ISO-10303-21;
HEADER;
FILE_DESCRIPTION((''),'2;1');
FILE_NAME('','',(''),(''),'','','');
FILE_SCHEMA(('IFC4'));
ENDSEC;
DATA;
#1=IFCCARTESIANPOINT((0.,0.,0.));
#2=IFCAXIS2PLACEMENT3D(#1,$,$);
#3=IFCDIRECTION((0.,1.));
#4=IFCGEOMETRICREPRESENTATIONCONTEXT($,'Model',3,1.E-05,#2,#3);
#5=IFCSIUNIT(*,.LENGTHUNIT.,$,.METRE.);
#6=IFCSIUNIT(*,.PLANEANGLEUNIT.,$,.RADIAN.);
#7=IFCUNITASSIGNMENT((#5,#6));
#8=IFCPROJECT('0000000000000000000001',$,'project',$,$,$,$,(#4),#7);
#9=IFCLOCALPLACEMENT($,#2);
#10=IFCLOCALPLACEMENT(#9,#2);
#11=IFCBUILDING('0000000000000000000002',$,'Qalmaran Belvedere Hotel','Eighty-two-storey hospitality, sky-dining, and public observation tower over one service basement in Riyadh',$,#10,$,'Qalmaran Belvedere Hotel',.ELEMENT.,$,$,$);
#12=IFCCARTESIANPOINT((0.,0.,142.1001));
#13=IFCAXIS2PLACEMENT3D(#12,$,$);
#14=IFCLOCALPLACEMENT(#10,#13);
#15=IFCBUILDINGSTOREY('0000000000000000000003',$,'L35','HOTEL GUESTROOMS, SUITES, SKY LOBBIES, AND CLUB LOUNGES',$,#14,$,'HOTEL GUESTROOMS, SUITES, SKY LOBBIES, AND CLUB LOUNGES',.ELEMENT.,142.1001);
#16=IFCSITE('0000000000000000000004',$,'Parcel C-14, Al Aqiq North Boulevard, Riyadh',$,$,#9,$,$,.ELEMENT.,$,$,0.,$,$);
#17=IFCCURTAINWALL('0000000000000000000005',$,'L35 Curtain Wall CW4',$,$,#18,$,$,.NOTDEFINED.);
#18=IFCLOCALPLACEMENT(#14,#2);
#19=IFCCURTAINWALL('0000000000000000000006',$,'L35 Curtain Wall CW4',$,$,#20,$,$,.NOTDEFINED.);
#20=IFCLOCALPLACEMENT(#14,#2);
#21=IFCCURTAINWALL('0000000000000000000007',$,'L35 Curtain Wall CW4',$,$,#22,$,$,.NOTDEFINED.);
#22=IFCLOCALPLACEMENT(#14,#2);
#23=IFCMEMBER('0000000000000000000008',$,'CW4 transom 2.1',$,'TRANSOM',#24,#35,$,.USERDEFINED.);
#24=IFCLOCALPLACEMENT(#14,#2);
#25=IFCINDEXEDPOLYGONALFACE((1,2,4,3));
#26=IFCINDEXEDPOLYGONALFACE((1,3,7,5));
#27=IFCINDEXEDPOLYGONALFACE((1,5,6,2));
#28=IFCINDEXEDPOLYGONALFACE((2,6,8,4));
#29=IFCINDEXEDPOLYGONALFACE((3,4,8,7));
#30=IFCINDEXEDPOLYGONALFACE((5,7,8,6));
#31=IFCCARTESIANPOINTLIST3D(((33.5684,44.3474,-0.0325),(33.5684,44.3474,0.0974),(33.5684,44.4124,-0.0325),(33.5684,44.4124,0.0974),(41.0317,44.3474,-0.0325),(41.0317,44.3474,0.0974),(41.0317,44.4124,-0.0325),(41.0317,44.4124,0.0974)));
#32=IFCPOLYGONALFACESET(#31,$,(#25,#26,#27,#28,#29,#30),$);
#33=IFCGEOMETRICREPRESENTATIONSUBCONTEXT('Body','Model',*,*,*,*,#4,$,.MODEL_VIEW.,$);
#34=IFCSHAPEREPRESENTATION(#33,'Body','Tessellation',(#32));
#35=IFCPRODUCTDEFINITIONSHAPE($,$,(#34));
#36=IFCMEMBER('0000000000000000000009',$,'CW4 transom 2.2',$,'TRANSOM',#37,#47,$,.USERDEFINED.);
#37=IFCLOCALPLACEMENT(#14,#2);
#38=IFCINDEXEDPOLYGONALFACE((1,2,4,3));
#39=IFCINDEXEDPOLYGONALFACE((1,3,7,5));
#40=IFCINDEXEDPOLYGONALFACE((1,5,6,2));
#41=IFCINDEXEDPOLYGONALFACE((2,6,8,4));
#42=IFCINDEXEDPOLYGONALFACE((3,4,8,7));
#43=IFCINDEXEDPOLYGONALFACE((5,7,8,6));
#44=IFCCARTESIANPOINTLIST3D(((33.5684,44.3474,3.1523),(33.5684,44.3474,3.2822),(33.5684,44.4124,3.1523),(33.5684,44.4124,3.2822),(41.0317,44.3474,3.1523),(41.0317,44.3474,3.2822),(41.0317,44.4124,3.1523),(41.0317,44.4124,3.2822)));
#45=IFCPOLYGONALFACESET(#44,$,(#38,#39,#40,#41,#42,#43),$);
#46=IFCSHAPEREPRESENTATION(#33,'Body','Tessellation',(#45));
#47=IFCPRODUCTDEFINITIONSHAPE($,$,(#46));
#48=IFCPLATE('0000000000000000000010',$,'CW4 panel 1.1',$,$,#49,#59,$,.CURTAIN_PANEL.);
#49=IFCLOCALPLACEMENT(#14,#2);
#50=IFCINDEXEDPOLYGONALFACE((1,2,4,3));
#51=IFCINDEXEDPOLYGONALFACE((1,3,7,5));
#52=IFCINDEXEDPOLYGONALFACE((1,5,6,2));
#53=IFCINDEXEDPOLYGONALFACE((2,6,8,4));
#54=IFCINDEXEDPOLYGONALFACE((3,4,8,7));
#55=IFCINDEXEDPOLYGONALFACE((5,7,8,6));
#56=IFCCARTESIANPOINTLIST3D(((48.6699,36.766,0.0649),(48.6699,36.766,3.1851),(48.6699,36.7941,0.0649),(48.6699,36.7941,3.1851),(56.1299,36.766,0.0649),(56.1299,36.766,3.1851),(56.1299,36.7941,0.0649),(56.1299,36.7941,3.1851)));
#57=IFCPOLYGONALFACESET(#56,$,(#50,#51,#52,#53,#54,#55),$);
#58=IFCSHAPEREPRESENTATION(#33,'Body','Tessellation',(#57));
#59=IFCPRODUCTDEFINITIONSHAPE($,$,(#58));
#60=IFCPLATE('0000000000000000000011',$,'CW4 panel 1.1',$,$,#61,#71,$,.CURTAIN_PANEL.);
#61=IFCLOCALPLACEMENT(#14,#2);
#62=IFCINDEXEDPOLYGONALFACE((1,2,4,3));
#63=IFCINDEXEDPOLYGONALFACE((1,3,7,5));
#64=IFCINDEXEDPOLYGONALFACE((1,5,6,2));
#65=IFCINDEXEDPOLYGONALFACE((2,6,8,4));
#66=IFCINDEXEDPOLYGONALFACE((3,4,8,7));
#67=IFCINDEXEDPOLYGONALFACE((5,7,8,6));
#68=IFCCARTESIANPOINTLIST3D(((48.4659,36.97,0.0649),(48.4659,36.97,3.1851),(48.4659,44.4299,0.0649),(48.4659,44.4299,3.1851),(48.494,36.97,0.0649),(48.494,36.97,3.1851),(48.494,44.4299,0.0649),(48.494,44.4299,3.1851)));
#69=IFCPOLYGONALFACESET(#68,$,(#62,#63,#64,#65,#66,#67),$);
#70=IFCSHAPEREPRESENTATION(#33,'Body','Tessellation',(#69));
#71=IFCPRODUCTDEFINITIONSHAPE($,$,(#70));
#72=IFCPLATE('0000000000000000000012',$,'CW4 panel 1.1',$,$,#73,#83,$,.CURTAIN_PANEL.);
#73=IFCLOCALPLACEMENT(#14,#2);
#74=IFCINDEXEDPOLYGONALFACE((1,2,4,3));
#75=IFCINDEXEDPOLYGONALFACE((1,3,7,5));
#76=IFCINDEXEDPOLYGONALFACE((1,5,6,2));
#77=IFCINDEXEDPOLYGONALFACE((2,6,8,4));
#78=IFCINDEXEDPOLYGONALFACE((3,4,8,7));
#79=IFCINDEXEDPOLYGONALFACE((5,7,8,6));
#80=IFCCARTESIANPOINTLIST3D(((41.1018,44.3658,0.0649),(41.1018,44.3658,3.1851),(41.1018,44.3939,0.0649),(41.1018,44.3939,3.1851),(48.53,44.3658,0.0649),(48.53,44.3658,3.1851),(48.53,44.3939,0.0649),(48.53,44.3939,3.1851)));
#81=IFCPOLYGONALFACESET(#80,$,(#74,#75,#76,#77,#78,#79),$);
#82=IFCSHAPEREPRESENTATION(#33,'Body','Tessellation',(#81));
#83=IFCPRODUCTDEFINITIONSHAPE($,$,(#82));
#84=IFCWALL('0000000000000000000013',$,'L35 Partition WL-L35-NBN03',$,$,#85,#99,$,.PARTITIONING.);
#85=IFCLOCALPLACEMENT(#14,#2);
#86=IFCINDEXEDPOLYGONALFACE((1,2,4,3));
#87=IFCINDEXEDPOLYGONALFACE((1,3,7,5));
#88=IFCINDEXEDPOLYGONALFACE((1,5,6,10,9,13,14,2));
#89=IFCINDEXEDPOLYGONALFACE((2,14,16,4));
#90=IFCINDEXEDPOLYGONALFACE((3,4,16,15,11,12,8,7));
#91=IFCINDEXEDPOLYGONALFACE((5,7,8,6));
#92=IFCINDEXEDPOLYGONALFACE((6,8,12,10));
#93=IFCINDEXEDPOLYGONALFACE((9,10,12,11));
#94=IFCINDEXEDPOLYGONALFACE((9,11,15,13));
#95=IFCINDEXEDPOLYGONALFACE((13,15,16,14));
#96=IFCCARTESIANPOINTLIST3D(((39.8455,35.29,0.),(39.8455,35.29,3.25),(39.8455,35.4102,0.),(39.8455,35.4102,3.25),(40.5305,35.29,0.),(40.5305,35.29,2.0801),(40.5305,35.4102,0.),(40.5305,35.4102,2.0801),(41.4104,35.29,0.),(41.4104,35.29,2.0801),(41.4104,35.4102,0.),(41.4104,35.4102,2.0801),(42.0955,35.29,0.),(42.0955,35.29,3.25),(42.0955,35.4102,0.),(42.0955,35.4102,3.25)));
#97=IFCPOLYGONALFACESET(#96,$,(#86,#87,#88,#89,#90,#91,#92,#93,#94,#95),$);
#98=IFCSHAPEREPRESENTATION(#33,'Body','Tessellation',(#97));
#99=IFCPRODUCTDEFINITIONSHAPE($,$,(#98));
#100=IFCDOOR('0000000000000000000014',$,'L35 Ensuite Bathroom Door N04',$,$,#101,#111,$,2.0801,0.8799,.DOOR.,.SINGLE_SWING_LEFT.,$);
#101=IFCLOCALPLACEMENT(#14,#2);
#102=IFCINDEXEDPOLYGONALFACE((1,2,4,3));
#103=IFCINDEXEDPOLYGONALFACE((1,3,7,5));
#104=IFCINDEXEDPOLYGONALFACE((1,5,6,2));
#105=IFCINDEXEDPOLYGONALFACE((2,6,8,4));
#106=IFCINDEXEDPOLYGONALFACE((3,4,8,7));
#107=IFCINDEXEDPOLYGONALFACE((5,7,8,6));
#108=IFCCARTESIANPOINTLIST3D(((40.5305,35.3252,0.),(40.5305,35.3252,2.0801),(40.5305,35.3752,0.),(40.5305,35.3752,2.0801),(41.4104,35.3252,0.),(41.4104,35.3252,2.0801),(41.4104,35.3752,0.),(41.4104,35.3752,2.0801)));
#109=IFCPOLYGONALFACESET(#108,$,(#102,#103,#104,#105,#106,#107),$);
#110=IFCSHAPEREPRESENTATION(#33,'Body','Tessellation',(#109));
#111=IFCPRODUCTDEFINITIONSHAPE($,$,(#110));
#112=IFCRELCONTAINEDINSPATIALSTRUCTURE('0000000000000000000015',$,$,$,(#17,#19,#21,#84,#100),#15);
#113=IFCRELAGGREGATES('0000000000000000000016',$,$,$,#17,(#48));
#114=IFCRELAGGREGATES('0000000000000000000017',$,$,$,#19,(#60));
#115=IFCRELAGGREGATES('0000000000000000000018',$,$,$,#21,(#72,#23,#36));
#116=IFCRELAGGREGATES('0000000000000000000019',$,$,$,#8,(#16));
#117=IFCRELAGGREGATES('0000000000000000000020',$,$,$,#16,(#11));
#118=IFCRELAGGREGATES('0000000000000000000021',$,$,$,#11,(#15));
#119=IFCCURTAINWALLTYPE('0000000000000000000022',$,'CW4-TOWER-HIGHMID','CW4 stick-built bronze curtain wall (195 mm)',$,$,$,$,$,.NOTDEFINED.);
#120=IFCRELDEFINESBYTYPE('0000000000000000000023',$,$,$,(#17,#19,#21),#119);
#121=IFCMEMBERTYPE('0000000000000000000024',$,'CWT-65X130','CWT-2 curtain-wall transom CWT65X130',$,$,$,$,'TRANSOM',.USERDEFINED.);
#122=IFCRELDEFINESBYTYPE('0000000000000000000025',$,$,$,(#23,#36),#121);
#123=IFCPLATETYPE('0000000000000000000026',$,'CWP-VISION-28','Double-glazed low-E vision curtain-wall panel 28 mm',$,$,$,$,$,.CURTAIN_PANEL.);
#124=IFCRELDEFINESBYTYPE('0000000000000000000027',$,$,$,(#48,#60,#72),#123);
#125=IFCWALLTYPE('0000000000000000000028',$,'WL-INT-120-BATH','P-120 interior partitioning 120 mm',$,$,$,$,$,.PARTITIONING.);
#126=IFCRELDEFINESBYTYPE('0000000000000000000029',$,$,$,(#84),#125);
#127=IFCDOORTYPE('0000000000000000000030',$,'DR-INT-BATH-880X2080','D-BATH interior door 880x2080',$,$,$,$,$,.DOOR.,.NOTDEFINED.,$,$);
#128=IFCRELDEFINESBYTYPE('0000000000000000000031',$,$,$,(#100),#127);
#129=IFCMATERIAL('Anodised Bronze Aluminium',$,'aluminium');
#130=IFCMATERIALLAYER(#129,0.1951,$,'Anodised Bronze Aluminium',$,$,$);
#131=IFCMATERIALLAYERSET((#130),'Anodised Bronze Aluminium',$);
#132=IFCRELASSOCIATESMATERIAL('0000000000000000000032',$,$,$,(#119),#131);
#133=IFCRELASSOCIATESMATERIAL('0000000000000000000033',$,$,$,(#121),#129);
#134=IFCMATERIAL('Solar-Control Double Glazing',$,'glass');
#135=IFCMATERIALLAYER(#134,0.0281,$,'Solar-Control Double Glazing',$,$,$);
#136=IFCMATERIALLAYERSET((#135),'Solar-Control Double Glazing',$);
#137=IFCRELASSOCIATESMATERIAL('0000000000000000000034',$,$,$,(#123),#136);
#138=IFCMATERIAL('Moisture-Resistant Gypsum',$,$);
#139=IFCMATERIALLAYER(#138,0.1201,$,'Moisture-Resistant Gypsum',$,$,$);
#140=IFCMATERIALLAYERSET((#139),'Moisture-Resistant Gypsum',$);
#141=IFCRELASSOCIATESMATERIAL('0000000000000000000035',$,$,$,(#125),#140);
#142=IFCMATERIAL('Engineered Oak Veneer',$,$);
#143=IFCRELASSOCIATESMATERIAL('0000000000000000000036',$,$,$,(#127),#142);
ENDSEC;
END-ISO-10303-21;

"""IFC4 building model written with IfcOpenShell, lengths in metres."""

from ifc_helpers import new_model, si_unit, direction, frame, frame_2d, origin, origin_2d, place, context, subcontext, project, spatial, rectangle, extrude, material, layer, layer_set, material_profile, profile_set, type_object, element, fill, aggregate, save


model = new_model("IFC4")

# Units and contexts
model_context = context("Model", 3, precision=1e-05, world=origin(), true_north=direction((0.0, 1.0)))
body_context = subcontext(model_context, "Body", "Model", "MODEL_VIEW")
ifc_project = project(units=[si_unit("LENGTHUNIT", "METRE"), si_unit("PLANEANGLEUNIT", "RADIAN")], contexts=[model_context])

# Site, building, storey
site_placement = place(None, origin())
site = spatial("IfcSite", under=ifc_project, at=site_placement, Name="Parcel C-14, Al Aqiq North Boulevard, Riyadh", CompositionType="ELEMENT", RefElevation=0.0)
building_placement = place(site_placement, origin())
building = spatial("IfcBuilding", under=site, at=building_placement, Name="Qalmaran Belvedere Hotel", Description="Eighty-two-storey hospitality, sky-dining, and public observation tower over one service basement in Riyadh", LongName="Qalmaran Belvedere Hotel", CompositionType="ELEMENT")
storey_placement = place(building_placement, frame((0.0, 0.0, 142.1001)))
storey = spatial("IfcBuildingStorey", under=building, at=storey_placement, Name="L35", Description="HOTEL GUESTROOMS, SUITES, SKY LOBBIES, AND CLUB LOUNGES", LongName="HOTEL GUESTROOMS, SUITES, SKY LOBBIES, AND CLUB LOUNGES", CompositionType="ELEMENT", Elevation=142.1001)

# Shared definitions
ifc_material_1 = material(Name="Anodised Bronze Aluminium", Category="aluminium")
ifc_layer_1 = layer(ifc_material_1, 0.1951, Name="Anodised Bronze Aluminium")
ifc_layer_set_1 = layer_set([ifc_layer_1], Name="Anodised Bronze Aluminium")
curtain_wall_type = type_object("IfcCurtainWallType", Name="CW4-TOWER-HIGHMID", Description="CW4 stick-built bronze curtain wall (195 mm)", PredefinedType="NOTDEFINED", material=ifc_layer_set_1)

# Curtain walls
curtain_wall_1_placement = place(storey_placement, origin())
curtain_wall_1 = element("IfcCurtainWall", 1, at=curtain_wall_1_placement, inside=storey, type_object=curtain_wall_type, Name="L35 Curtain Wall CW4", PredefinedType="NOTDEFINED")
curtain_wall_2_placement = place(storey_placement, origin())
curtain_wall_2 = element("IfcCurtainWall", 2, at=curtain_wall_2_placement, inside=storey, type_object=curtain_wall_type, Name="L35 Curtain Wall CW4", PredefinedType="NOTDEFINED")
curtain_wall_3_placement = place(storey_placement, origin())
curtain_wall_3 = element("IfcCurtainWall", 3, at=curtain_wall_3_placement, inside=storey, type_object=curtain_wall_type, Name="L35 Curtain Wall CW4", PredefinedType="NOTDEFINED")

# Members
ifc_material_profile_1 = material_profile(ifc_material_1, rectangle(XDim=0.0649, YDim=0.1299, at=origin_2d()), Name="CWT65X130")
ifc_profile_set_1 = profile_set([ifc_material_profile_1], Name="Anodised Bronze Aluminium")
member_type_1 = type_object("IfcMemberType", Name="CWT-65X130", Description="CWT-2 curtain-wall transom CWT65X130", ElementType="TRANSOM", PredefinedType="USERDEFINED", material=ifc_profile_set_1)
member_1_placement = place(storey_placement, frame((41.0317, 44.3799, 0.0325), z_axis=(-1.0, 0.0, 0.0), x_axis=(0.0, -1.0, 0.0)))
member_1 = element("IfcMember", 4, at=member_1_placement, type_object=member_type_1, Name="CW4 transom 2.1", ObjectType="TRANSOM", PredefinedType="USERDEFINED", context=body_context, shape_type="SweptSolid", body=[
    extrude(rectangle(XDim=0.0649, YDim=0.1299, at=origin_2d()), origin(), (0.0, 0.0, 1.0), 7.4634),
])
member_2_placement = place(storey_placement, frame((41.0317, 44.3799, 3.2173), z_axis=(-1.0, 0.0, 0.0), x_axis=(0.0, -1.0, 0.0)))
member_2 = element("IfcMember", 5, at=member_2_placement, type_object=member_type_1, Name="CW4 transom 2.2", ObjectType="TRANSOM", PredefinedType="USERDEFINED", context=body_context, shape_type="SweptSolid", body=[
    extrude(rectangle(XDim=0.0649, YDim=0.1299, at=origin_2d()), origin(), (0.0, 0.0, 1.0), 7.4634),
])

# Plates
ifc_material_2 = material(Name="Solar-Control Double Glazing", Category="glass")
ifc_layer_2 = layer(ifc_material_2, 0.0281, Name="Solar-Control Double Glazing")
ifc_layer_set_2 = layer_set([ifc_layer_2], Name="Solar-Control Double Glazing")
plate_type = type_object("IfcPlateType", Name="CWP-VISION-28", Description="Double-glazed low-E vision curtain-wall panel 28 mm", PredefinedType="CURTAIN_PANEL", material=ifc_layer_set_2)
plate_1_placement = place(storey_placement, frame((52.3999, 36.78, 0.0649), z_axis=(0.0, 0.0, 1.0), x_axis=(-1.0, 0.0, 0.0)))
plate_1 = element("IfcPlate", 6, at=plate_1_placement, type_object=plate_type, Name="CW4 panel 1.1", PredefinedType="CURTAIN_PANEL", context=body_context, shape_type="SweptSolid", body=[
    extrude(rectangle(XDim=7.46, YDim=0.0281, at=origin_2d()), origin(), (0.0, 0.0, 1.0), 3.1201),
])
aggregate(curtain_wall_1, [plate_1])
plate_2_placement = place(storey_placement, frame((48.48, 40.7, 0.0649), z_axis=(0.0, 0.0, 1.0), x_axis=(0.0, 1.0, 0.0)))
plate_2 = element("IfcPlate", 7, at=plate_2_placement, type_object=plate_type, Name="CW4 panel 1.1", PredefinedType="CURTAIN_PANEL", context=body_context, shape_type="SweptSolid", body=[
    extrude(rectangle(XDim=7.46, YDim=0.0281, at=origin_2d()), origin(), (0.0, 0.0, 1.0), 3.1201),
])
aggregate(curtain_wall_2, [plate_2])
plate_3_placement = place(storey_placement, frame((44.8159, 44.3799, 0.0649), z_axis=(0.0, 0.0, 1.0), x_axis=(-1.0, 0.0, 0.0)))
plate_3 = element("IfcPlate", 8, at=plate_3_placement, type_object=plate_type, Name="CW4 panel 1.1", PredefinedType="CURTAIN_PANEL", context=body_context, shape_type="SweptSolid", body=[
    extrude(rectangle(XDim=7.4282, YDim=0.0281, at=origin_2d()), origin(), (0.0, 0.0, 1.0), 3.1201),
])
aggregate(curtain_wall_3, [plate_3, member_1, member_2])

# Wall, opening, door
ifc_material_3 = material(Name="Moisture-Resistant Gypsum")
ifc_layer_3 = layer(ifc_material_3, 0.1201, Name="Moisture-Resistant Gypsum")
ifc_layer_set_3 = layer_set([ifc_layer_3], Name="Moisture-Resistant Gypsum")
wall_type = type_object("IfcWallType", Name="WL-INT-120-BATH", Description="P-120 interior partitioning 120 mm", PredefinedType="PARTITIONING", material=ifc_layer_set_3)
wall_placement = place(storey_placement, frame((39.8455, 35.3501, 0.0), z_axis=(0.0, 0.0, 1.0), x_axis=(1.0, 0.0, 0.0)))
wall = element("IfcWall", 9, at=wall_placement, inside=storey, type_object=wall_type, Name="L35 Partition WL-L35-NBN03", PredefinedType="PARTITIONING", context=body_context, shape_type="SweptSolid", body=[
    extrude(rectangle(XDim=2.25, YDim=0.1201, at=frame_2d((1.125, 0.0))), origin(), (0.0, 0.0, 1.0), 3.25),
])
opening_placement = place(wall_placement, frame((1.5649, 0.0, 0.0), z_axis=(0.0, 0.0, 1.0), x_axis=(-1.0, 0.0, 0.0)))
opening = element("IfcOpeningElement", 10, at=opening_placement, cuts=wall, PredefinedType="OPENING", context=body_context, shape_type="SweptSolid", body=[
    extrude(rectangle(XDim=0.8799, YDim=2.0801, at=frame_2d((0.4399, 1.04))), frame((0.0, 0.0701, 0.0), z_axis=(0.0, -1.0, 0.0), x_axis=(1.0, 0.0, 0.0)), (0.0, 0.0, 1.0), 0.1401),
])
ifc_material_4 = material(Name="Engineered Oak Veneer")
door_type = type_object("IfcDoorType", Name="DR-INT-BATH-880X2080", Description="D-BATH interior door 880x2080", OperationType="NOTDEFINED", PredefinedType="DOOR", material=ifc_material_4)
door_placement = place(opening_placement, origin())
door = element("IfcDoor", 11, at=door_placement, inside=storey, type_object=door_type, Name="L35 Ensuite Bathroom Door N04", OperationType="SINGLE_SWING_LEFT", OverallHeight=2.0801, OverallWidth=0.8799, PredefinedType="DOOR", context=body_context, shape_type="SweptSolid", body=[
    extrude(rectangle(XDim=0.8799, YDim=2.0801, at=frame_2d((0.4399, 1.04))), frame((0.0, 0.0249, 0.0), z_axis=(0.0, -1.0, 0.0), x_axis=(1.0, 0.0, 0.0)), (0.0, 0.0, 1.0), 0.05),
])
fill(opening, door)

save(model, "model.ifc")
